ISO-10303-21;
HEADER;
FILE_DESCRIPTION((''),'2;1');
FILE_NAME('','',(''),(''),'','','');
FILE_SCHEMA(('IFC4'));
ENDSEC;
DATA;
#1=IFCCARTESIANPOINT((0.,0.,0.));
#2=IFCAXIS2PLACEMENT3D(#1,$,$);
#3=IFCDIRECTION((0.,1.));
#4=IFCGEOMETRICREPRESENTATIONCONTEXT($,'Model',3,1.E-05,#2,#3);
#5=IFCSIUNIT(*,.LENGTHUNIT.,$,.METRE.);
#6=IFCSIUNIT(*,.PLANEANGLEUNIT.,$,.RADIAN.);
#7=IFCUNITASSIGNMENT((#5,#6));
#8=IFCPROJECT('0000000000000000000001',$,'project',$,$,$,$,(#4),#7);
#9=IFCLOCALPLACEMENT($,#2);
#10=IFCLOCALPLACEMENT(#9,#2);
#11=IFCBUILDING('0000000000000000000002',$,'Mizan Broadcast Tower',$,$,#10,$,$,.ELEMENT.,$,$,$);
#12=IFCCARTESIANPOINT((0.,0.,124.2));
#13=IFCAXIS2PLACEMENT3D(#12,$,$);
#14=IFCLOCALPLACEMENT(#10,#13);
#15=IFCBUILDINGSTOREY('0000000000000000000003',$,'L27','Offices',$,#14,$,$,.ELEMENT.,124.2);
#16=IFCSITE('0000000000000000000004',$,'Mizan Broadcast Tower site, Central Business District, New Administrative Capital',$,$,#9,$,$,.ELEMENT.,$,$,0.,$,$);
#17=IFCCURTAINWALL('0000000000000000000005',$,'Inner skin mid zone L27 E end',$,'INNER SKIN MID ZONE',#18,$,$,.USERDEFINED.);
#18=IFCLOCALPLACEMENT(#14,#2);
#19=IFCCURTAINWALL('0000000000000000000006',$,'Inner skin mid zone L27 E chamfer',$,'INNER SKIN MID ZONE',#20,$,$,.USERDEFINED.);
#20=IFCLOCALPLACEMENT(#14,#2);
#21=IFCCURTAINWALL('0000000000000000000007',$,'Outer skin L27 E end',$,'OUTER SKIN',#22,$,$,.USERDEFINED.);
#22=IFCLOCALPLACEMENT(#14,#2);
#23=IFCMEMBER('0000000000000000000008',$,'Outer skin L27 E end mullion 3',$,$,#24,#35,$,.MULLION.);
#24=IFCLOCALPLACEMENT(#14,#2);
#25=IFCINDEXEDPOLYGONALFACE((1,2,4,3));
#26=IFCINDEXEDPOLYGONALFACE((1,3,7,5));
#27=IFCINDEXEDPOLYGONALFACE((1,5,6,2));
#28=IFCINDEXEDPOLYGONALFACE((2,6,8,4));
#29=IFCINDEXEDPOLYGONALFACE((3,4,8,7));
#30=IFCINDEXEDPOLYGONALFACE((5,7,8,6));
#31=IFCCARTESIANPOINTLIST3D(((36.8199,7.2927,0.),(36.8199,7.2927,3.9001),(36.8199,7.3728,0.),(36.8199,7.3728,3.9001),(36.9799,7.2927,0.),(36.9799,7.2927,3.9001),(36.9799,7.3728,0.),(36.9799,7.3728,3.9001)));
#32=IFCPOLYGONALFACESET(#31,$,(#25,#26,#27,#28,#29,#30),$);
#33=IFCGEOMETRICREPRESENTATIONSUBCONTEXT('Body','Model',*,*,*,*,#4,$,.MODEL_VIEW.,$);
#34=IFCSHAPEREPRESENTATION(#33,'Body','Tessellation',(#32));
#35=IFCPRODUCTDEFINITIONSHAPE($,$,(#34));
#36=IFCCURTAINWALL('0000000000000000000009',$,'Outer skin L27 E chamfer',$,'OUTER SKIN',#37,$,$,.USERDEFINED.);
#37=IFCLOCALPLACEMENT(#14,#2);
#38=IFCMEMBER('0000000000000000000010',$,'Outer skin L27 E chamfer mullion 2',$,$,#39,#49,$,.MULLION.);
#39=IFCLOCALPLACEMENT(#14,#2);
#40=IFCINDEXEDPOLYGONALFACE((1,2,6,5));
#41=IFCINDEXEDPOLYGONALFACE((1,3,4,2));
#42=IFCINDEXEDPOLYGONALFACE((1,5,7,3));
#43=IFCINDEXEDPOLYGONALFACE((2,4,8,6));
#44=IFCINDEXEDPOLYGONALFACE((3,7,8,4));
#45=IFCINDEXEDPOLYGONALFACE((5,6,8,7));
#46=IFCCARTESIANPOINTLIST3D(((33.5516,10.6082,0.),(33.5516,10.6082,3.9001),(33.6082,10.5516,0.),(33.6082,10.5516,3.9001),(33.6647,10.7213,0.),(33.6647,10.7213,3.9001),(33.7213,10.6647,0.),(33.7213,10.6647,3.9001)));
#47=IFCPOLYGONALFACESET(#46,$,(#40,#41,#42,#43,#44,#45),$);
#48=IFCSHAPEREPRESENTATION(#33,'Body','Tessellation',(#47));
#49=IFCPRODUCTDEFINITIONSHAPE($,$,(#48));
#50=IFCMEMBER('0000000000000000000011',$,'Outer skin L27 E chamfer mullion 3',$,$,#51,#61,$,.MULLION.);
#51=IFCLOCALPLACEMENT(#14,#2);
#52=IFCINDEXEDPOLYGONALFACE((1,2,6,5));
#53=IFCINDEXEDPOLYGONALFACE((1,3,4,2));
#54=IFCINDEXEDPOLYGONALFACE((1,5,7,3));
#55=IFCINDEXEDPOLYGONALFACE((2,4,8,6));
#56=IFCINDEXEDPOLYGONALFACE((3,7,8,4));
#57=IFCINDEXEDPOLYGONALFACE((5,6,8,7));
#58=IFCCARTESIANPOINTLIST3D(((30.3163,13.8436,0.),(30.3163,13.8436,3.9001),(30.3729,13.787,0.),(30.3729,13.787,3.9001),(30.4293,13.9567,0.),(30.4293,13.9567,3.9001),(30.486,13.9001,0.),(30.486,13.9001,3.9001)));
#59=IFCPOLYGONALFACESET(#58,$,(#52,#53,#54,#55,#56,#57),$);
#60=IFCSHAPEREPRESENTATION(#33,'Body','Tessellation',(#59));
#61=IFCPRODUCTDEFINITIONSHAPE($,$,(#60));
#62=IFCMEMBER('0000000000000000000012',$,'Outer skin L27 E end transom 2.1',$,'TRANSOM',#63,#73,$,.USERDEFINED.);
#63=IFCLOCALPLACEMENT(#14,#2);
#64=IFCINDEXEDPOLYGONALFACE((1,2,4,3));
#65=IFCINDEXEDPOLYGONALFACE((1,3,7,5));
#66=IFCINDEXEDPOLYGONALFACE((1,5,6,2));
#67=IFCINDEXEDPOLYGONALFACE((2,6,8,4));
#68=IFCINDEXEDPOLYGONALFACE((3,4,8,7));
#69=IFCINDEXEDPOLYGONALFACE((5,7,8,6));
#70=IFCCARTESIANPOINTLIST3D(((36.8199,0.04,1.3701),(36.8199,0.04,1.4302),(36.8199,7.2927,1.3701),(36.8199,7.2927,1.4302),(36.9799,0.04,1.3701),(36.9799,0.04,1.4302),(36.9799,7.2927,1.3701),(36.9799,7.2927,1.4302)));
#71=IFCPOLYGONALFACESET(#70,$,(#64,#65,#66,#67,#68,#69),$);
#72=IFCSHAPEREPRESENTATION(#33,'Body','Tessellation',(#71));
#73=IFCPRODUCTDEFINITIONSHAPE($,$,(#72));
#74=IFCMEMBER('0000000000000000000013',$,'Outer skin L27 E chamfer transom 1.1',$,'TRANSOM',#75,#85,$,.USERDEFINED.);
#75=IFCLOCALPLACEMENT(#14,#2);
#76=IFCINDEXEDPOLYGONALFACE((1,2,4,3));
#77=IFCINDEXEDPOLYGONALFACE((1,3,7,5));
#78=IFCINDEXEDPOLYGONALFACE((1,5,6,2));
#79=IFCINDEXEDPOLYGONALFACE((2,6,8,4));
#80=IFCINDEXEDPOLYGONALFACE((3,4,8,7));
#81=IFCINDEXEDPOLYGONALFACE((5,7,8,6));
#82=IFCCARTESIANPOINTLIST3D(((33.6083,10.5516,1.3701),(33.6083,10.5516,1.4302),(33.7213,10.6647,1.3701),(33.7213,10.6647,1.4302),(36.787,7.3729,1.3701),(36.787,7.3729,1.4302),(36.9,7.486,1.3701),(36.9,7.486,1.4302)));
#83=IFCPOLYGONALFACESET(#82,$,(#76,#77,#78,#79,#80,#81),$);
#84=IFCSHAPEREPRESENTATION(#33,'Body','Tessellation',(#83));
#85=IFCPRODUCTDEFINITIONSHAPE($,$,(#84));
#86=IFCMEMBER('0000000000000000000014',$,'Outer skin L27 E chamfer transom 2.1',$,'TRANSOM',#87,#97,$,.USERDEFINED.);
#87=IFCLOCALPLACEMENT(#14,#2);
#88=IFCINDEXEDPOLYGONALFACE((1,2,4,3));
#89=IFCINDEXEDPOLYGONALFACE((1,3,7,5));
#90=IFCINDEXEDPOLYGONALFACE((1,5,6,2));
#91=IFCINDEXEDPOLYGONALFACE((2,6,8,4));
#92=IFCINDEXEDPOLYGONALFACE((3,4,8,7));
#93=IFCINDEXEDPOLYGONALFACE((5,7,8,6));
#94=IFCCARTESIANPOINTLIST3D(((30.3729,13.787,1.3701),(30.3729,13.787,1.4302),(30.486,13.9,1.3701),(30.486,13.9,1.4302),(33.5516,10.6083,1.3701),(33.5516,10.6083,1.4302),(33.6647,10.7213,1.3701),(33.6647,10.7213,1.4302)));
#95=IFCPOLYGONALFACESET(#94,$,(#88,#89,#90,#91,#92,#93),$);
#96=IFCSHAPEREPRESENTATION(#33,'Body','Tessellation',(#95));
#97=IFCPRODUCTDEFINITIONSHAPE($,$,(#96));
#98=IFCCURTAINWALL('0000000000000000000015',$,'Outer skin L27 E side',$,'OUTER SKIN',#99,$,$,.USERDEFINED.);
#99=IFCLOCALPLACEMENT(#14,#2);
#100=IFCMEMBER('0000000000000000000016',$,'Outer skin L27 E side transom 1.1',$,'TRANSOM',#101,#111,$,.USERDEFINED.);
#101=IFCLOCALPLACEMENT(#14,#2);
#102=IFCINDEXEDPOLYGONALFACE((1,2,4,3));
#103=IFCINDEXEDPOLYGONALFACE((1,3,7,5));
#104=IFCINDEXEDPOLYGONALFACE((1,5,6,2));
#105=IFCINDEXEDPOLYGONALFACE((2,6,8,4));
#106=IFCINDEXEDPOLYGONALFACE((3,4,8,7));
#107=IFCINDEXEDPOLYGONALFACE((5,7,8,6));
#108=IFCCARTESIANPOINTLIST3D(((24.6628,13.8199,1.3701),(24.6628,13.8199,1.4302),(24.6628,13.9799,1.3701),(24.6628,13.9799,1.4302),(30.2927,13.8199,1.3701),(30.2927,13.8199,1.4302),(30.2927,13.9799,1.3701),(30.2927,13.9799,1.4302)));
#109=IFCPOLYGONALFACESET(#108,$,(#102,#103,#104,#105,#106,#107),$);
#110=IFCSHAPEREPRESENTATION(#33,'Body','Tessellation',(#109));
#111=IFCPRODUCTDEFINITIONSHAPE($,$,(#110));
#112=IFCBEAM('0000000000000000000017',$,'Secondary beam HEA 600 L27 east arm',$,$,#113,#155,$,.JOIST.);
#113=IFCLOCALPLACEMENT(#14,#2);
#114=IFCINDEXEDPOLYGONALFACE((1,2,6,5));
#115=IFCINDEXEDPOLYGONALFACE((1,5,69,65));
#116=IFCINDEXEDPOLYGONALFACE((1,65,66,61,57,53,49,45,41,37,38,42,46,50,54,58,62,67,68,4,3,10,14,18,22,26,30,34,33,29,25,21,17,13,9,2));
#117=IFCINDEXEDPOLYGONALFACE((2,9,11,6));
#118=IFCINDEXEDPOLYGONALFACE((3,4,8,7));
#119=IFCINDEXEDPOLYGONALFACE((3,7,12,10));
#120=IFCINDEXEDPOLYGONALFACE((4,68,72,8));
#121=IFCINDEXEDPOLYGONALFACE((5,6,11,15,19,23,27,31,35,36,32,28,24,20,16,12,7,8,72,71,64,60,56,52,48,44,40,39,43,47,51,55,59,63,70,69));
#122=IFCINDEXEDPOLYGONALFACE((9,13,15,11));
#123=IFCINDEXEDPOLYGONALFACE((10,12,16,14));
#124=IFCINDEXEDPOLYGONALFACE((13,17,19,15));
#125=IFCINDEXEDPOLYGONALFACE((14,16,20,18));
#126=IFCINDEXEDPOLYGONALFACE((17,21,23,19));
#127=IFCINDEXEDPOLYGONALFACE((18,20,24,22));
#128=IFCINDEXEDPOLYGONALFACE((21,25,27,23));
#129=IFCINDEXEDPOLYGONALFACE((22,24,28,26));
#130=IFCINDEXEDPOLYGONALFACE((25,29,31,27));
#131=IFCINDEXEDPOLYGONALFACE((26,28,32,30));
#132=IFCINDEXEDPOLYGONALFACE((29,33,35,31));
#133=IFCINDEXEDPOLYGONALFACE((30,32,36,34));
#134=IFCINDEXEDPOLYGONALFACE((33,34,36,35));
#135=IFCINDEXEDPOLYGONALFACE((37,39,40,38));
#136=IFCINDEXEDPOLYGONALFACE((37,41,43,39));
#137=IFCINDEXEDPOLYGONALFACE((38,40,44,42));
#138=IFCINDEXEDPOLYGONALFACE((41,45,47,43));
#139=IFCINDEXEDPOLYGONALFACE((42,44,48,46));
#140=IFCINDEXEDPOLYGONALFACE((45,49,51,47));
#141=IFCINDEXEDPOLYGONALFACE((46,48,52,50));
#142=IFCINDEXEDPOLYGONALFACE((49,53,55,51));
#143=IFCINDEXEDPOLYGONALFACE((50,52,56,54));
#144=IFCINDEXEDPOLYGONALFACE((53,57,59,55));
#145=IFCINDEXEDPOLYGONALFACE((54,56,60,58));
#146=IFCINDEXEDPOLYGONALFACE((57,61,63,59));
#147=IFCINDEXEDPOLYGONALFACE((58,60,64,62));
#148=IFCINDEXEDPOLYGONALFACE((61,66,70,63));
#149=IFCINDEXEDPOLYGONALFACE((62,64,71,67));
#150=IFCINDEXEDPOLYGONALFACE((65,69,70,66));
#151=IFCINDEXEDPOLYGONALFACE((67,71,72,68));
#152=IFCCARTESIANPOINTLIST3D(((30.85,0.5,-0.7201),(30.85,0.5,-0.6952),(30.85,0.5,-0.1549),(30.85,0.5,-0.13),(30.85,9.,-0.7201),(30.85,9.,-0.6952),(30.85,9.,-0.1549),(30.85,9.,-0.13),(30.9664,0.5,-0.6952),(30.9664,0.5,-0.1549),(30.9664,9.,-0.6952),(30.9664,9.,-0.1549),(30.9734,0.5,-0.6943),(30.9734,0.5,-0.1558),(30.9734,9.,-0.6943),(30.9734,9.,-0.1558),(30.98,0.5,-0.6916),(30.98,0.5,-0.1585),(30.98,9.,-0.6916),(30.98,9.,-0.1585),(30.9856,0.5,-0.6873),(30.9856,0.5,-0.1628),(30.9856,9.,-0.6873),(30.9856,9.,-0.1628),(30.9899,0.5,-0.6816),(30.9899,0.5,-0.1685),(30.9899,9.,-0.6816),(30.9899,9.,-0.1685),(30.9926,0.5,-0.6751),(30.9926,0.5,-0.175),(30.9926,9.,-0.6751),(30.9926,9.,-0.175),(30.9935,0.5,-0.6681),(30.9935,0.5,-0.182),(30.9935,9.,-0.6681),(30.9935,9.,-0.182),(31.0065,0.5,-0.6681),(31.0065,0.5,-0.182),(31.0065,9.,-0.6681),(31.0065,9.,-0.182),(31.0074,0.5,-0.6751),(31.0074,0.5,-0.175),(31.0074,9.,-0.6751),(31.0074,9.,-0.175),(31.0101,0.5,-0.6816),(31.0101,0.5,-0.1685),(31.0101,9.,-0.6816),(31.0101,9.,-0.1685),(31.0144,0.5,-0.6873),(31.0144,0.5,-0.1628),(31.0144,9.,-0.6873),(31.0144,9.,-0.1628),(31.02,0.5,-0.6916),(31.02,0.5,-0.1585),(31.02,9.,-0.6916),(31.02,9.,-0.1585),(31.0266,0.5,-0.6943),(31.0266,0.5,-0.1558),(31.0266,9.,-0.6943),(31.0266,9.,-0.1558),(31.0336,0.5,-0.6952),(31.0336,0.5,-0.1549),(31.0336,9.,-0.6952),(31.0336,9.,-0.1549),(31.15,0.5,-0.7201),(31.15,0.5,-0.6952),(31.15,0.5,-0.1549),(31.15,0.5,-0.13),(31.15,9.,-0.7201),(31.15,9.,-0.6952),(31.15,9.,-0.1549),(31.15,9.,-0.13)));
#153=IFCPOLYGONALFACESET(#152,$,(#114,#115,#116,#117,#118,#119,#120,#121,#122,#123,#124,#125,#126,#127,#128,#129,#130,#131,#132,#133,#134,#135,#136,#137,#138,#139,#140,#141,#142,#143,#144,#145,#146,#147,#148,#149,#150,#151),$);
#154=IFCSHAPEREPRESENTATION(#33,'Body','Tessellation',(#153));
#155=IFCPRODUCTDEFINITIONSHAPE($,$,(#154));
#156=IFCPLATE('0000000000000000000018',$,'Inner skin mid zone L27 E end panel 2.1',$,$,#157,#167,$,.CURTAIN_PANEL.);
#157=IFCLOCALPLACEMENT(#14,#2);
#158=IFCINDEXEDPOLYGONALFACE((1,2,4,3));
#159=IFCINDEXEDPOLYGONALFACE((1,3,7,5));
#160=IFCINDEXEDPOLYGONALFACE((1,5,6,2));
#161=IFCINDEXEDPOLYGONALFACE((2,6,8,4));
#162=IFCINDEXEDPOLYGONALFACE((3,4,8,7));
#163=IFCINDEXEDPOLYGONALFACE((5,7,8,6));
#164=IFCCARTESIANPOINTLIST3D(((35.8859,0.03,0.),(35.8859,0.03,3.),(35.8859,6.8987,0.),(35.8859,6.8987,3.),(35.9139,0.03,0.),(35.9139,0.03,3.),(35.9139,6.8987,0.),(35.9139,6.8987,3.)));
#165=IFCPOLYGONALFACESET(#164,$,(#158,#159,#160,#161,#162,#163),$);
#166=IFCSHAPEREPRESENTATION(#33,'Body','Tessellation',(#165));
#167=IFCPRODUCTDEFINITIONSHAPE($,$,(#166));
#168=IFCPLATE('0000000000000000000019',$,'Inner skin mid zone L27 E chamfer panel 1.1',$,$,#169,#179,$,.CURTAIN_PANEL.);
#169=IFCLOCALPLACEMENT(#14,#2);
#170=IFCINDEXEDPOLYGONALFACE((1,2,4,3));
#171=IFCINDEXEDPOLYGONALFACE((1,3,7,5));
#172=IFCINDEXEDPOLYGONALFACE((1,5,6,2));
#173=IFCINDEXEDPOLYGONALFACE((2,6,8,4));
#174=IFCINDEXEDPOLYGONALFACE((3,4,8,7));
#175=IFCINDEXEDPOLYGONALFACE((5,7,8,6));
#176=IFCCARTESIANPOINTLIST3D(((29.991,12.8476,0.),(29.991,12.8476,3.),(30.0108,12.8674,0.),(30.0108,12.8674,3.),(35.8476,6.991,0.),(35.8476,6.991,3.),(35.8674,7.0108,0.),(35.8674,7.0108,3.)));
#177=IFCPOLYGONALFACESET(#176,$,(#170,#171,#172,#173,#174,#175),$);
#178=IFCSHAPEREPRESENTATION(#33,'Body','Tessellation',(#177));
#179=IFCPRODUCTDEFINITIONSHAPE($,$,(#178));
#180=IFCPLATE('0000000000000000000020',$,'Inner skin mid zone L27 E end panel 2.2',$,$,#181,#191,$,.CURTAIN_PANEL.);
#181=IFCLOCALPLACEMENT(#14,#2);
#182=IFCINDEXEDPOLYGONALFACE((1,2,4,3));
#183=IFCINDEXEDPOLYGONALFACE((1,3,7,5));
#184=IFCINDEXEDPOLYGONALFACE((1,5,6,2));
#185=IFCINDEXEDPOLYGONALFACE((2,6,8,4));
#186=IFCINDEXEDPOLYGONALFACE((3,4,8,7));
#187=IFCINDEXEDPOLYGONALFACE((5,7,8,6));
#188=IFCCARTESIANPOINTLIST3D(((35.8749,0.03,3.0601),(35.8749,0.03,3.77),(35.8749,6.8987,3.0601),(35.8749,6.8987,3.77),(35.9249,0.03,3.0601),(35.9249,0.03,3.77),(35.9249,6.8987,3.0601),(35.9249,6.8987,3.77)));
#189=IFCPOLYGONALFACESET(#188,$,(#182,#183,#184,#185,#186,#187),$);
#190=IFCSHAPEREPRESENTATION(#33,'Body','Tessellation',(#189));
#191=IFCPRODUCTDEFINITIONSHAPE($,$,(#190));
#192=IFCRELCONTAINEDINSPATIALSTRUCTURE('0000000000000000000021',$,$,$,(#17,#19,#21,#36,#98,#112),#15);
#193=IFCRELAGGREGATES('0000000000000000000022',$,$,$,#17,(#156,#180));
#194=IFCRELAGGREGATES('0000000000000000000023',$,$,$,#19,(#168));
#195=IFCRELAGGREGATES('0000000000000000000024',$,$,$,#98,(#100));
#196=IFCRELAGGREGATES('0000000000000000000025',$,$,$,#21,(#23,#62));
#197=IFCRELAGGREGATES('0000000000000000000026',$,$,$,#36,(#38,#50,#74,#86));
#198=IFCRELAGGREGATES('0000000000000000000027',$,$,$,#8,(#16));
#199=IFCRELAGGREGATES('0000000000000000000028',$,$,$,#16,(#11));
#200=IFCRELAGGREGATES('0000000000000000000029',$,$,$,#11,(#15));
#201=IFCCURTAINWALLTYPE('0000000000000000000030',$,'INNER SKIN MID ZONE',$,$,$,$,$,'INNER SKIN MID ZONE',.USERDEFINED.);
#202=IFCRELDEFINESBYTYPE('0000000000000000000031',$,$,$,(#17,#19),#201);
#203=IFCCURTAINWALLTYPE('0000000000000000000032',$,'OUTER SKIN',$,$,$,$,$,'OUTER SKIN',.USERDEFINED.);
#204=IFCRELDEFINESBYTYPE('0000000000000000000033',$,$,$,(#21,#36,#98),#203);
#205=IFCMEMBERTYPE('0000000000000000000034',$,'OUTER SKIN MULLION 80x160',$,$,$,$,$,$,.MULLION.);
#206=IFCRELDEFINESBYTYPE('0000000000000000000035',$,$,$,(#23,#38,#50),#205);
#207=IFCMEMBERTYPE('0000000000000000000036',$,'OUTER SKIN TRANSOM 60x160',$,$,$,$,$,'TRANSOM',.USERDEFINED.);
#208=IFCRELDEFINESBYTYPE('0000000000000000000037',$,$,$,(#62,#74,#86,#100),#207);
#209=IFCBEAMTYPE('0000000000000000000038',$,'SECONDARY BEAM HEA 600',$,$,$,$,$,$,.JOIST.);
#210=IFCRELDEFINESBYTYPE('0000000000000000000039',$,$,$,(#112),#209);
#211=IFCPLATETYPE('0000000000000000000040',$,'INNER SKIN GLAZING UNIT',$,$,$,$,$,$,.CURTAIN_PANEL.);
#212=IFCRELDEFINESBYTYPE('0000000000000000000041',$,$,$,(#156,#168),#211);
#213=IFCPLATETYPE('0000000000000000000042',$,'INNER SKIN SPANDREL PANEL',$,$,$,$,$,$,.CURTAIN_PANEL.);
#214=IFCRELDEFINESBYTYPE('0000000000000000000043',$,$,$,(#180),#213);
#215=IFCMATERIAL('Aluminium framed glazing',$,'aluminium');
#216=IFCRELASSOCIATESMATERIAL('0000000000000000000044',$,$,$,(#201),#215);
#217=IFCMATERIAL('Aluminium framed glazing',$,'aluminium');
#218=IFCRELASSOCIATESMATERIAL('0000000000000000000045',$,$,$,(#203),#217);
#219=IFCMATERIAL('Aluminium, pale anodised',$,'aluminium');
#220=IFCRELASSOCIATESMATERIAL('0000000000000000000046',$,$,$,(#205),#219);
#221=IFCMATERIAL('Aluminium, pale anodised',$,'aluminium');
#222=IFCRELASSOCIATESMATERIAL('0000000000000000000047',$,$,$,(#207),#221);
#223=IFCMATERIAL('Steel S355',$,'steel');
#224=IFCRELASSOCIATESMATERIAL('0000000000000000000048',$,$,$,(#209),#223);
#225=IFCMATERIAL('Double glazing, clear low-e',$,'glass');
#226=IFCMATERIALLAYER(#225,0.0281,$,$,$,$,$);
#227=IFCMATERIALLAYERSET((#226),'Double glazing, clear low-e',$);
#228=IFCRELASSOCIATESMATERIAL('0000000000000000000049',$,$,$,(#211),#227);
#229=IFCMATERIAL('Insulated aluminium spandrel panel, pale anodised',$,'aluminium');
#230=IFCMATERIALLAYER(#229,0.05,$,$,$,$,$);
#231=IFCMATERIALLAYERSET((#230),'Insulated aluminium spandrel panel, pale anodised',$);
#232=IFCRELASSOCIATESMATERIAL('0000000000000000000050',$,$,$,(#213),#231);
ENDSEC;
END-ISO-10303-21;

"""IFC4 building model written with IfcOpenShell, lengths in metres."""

from ifc_helpers import new_model, si_unit, direction, frame, origin, origin_2d, place, context, subcontext, project, spatial, rectangle, i_section, extrude, material, layer, layer_set, material_profile, profile_set, type_object, element, aggregate, save


model = new_model("IFC4")

# Units and contexts
model_context = context("Model", 3, precision=1e-05, world=origin(), true_north=direction((0.0, 1.0)))
body_context = subcontext(model_context, "Body", "Model", "MODEL_VIEW")
ifc_project = project(units=[si_unit("LENGTHUNIT", "METRE"), si_unit("PLANEANGLEUNIT", "RADIAN")], contexts=[model_context])

# Site, building, storey
site_placement = place(None, origin())
site = spatial("IfcSite", under=ifc_project, at=site_placement, Name="Mizan Broadcast Tower site, Central Business District, New Administrative Capital", CompositionType="ELEMENT", RefElevation=0.0)
building_placement = place(site_placement, origin())
building = spatial("IfcBuilding", under=site, at=building_placement, Name="Mizan Broadcast Tower", CompositionType="ELEMENT")
storey_placement = place(building_placement, frame((0.0, 0.0, 124.2)))
storey = spatial("IfcBuildingStorey", under=building, at=storey_placement, Name="L27", Description="Offices", CompositionType="ELEMENT", Elevation=124.2)

# Curtain wall
ifc_material_1 = material(Name="Aluminium framed glazing", Category="aluminium")
curtain_wall_type_1 = type_object("IfcCurtainWallType", Name="INNER SKIN MID ZONE", ElementType="INNER SKIN MID ZONE", PredefinedType="USERDEFINED", material=ifc_material_1)
curtain_wall_1_placement = place(storey_placement, origin())
curtain_wall_1 = element("IfcCurtainWall", 1, at=curtain_wall_1_placement, inside=storey, type_object=curtain_wall_type_1, Name="Inner skin mid zone L27 E end", ObjectType="INNER SKIN MID ZONE", PredefinedType="USERDEFINED")

# Curtain wall
curtain_wall_2_placement = place(storey_placement, origin())
curtain_wall_2 = element("IfcCurtainWall", 2, at=curtain_wall_2_placement, inside=storey, type_object=curtain_wall_type_1, Name="Inner skin mid zone L27 E chamfer", ObjectType="INNER SKIN MID ZONE", PredefinedType="USERDEFINED")

# Curtain walls, members
ifc_material_2 = material(Name="Aluminium framed glazing", Category="aluminium")
curtain_wall_type_2 = type_object("IfcCurtainWallType", Name="OUTER SKIN", ElementType="OUTER SKIN", PredefinedType="USERDEFINED", material=ifc_material_2)
curtain_wall_3_placement = place(storey_placement, origin())
curtain_wall_3 = element("IfcCurtainWall", 3, at=curtain_wall_3_placement, inside=storey, type_object=curtain_wall_type_2, Name="Outer skin L27 E end", ObjectType="OUTER SKIN", PredefinedType="USERDEFINED")
ifc_material_3 = material(Name="Aluminium, pale anodised", Category="aluminium")
ifc_material_profile_1 = material_profile(ifc_material_3, rectangle(XDim=0.1599, YDim=0.0801, at=origin_2d()), Name="MULLION 160x80")
ifc_profile_set_1 = profile_set([ifc_material_profile_1], Name="Aluminium, pale anodised")
member_type_1 = type_object("IfcMemberType", Name="OUTER SKIN MULLION 80x160", PredefinedType="MULLION", material=ifc_profile_set_1)
member_1_placement = place(storey_placement, frame((36.8999, 7.3328, 0.0), z_axis=(0.0, 0.0, 1.0), x_axis=(-1.0, 0.0, 0.0)))
member_1 = element("IfcMember", 4, at=member_1_placement, type_object=member_type_1, Name="Outer skin L27 E end mullion 3", PredefinedType="MULLION", context=body_context, shape_type="SweptSolid", body=[
    extrude(rectangle(XDim=0.1599, YDim=0.0801, at=origin_2d()), origin(), (0.0, 0.0, 1.0), 3.9001),
])
curtain_wall_4_placement = place(storey_placement, origin())
curtain_wall_4 = element("IfcCurtainWall", 5, at=curtain_wall_4_placement, inside=storey, type_object=curtain_wall_type_2, Name="Outer skin L27 E chamfer", ObjectType="OUTER SKIN", PredefinedType="USERDEFINED")
member_2_placement = place(storey_placement, frame((33.6365, 10.6365, 0.0), z_axis=(0.0, 0.0, 1.0), x_axis=(-0.707107, -0.707107, 0.0)))
member_2 = element("IfcMember", 6, at=member_2_placement, type_object=member_type_1, Name="Outer skin L27 E chamfer mullion 2", PredefinedType="MULLION", context=body_context, shape_type="SweptSolid", body=[
    extrude(rectangle(XDim=0.1599, YDim=0.0801, at=origin_2d()), origin(), (0.0, 0.0, 1.0), 3.9001),
])
member_3_placement = place(storey_placement, frame((30.4011, 13.8718, 0.0), z_axis=(0.0, 0.0, 1.0), x_axis=(-0.707107, -0.707107, 0.0)))
member_3 = element("IfcMember", 7, at=member_3_placement, type_object=member_type_1, Name="Outer skin L27 E chamfer mullion 3", PredefinedType="MULLION", context=body_context, shape_type="SweptSolid", body=[
    extrude(rectangle(XDim=0.1599, YDim=0.0801, at=origin_2d()), origin(), (0.0, 0.0, 1.0), 3.9001),
])

# Members
ifc_material_4 = material(Name="Aluminium, pale anodised", Category="aluminium")
ifc_material_profile_2 = material_profile(ifc_material_4, rectangle(XDim=0.1599, YDim=0.0601, at=origin_2d()), Name="TRANSOM 160x60")
ifc_profile_set_2 = profile_set([ifc_material_profile_2], Name="Aluminium, pale anodised")
member_type_2 = type_object("IfcMemberType", Name="OUTER SKIN TRANSOM 60x160", ElementType="TRANSOM", PredefinedType="USERDEFINED", material=ifc_profile_set_2)
member_4_placement = place(storey_placement, frame((36.8999, 0.04, 1.4001), z_axis=(0.0, 1.0, 0.0), x_axis=(-1.0, 0.0, 0.0)))
member_4 = element("IfcMember", 8, at=member_4_placement, type_object=member_type_2, Name="Outer skin L27 E end transom 2.1", ObjectType="TRANSOM", PredefinedType="USERDEFINED", context=body_context, shape_type="SweptSolid", body=[
    extrude(rectangle(XDim=0.1599, YDim=0.0601, at=origin_2d()), origin(), (0.0, 0.0, 1.0), 7.2527),
])
member_5_placement = place(storey_placement, frame((36.8435, 7.4294, 1.4001), z_axis=(-0.707107, 0.707107, 0.0), x_axis=(-0.707107, -0.707107, 0.0)))
member_5 = element("IfcMember", 9, at=member_5_placement, type_object=member_type_2, Name="Outer skin L27 E chamfer transom 1.1", ObjectType="TRANSOM", PredefinedType="USERDEFINED", context=body_context, shape_type="SweptSolid", body=[
    extrude(rectangle(XDim=0.1599, YDim=0.0601, at=origin_2d()), origin(), (0.0, 0.0, 1.0), 4.4954),
])
member_6_placement = place(storey_placement, frame((33.6082, 10.6648, 1.4001), z_axis=(-0.707107, 0.707107, 0.0), x_axis=(-0.707107, -0.707107, 0.0)))
member_6 = element("IfcMember", 10, at=member_6_placement, type_object=member_type_2, Name="Outer skin L27 E chamfer transom 2.1", ObjectType="TRANSOM", PredefinedType="USERDEFINED", context=body_context, shape_type="SweptSolid", body=[
    extrude(rectangle(XDim=0.1599, YDim=0.0601, at=origin_2d()), origin(), (0.0, 0.0, 1.0), 4.4954),
])

# Curtain wall, member
curtain_wall_5_placement = place(storey_placement, origin())
curtain_wall_5 = element("IfcCurtainWall", 11, at=curtain_wall_5_placement, inside=storey, type_object=curtain_wall_type_2, Name="Outer skin L27 E side", ObjectType="OUTER SKIN", PredefinedType="USERDEFINED")
member_7_placement = place(storey_placement, frame((30.2927, 13.8999, 1.4001), z_axis=(-1.0, 0.0, 0.0), x_axis=(0.0, -1.0, 0.0)))
member_7 = element("IfcMember", 12, at=member_7_placement, type_object=member_type_2, Name="Outer skin L27 E side transom 1.1", ObjectType="TRANSOM", PredefinedType="USERDEFINED", context=body_context, shape_type="SweptSolid", body=[
    extrude(rectangle(XDim=0.1599, YDim=0.0601, at=origin_2d()), origin(), (0.0, 0.0, 1.0), 5.6299),
])

# Beam
ifc_material_5 = material(Name="Steel S355", Category="steel")
ifc_material_profile_3 = material_profile(ifc_material_5, i_section(OverallWidth=0.3, OverallDepth=0.5901, WebThickness=0.0129, FlangeThickness=0.0249, FilletRadius=0.0271, at=origin_2d()), Name="HEA 600")
ifc_profile_set_3 = profile_set([ifc_material_profile_3], Name="Steel S355")
beam_type_1 = type_object("IfcBeamType", Name="SECONDARY BEAM HEA 600", PredefinedType="JOIST", material=ifc_profile_set_3)
beam_1_placement = place(storey_placement, frame((31.0, 9.0, -0.425), z_axis=(0.0, -1.0, 0.0), x_axis=(1.0, 0.0, 0.0)))
element("IfcBeam", 13, at=beam_1_placement, inside=storey, type_object=beam_type_1, Name="Secondary beam HEA 600 L27 east arm", PredefinedType="JOIST", context=body_context, shape_type="SweptSolid", body=[
    extrude(i_section(OverallWidth=0.3, OverallDepth=0.5901, WebThickness=0.0129, FlangeThickness=0.0249, FilletRadius=0.0271, at=origin_2d()), origin(), (0.0, 0.0, 1.0), 8.5),
])

# Plates
ifc_material_6 = material(Name="Double glazing, clear low-e", Category="glass")
ifc_layer_1 = layer(ifc_material_6, 0.0281)
ifc_layer_set_1 = layer_set([ifc_layer_1], Name="Double glazing, clear low-e")
plate_type_1 = type_object("IfcPlateType", Name="INNER SKIN GLAZING UNIT", PredefinedType="CURTAIN_PANEL", material=ifc_layer_set_1)
plate_1_placement = place(storey_placement, frame((35.8999, 3.4644, 0.0), z_axis=(0.0, 0.0, 1.0), x_axis=(0.0, 1.0, 0.0)))
plate_1 = element("IfcPlate", 14, at=plate_1_placement, type_object=plate_type_1, Name="Inner skin mid zone L27 E end panel 2.1", PredefinedType="CURTAIN_PANEL", context=body_context, shape_type="SweptSolid", body=[
    extrude(rectangle(XDim=6.8687, YDim=0.0281, at=origin_2d()), origin(), (0.0, 0.0, 1.0), 3.0),
])
plate_2_placement = place(storey_placement, frame((32.9292, 9.9292, 0.0), z_axis=(0.0, 0.0, 1.0), x_axis=(-0.707107, 0.707107, 0.0)))
plate_2 = element("IfcPlate", 15, at=plate_2_placement, type_object=plate_type_1, Name="Inner skin mid zone L27 E chamfer panel 1.1", PredefinedType="CURTAIN_PANEL", context=body_context, shape_type="SweptSolid", body=[
    extrude(rectangle(XDim=8.2825, YDim=0.0281, at=origin_2d()), origin(), (0.0, 0.0, 1.0), 3.0),
])
ifc_material_7 = material(Name="Insulated aluminium spandrel panel, pale anodised", Category="aluminium")
ifc_layer_2 = layer(ifc_material_7, 0.05)
ifc_layer_set_2 = layer_set([ifc_layer_2], Name="Insulated aluminium spandrel panel, pale anodised")
plate_type_2 = type_object("IfcPlateType", Name="INNER SKIN SPANDREL PANEL", PredefinedType="CURTAIN_PANEL", material=ifc_layer_set_2)
plate_3_placement = place(storey_placement, frame((35.8999, 3.4644, 3.0601), z_axis=(0.0, 0.0, 1.0), x_axis=(0.0, 1.0, 0.0)))
plate_3 = element("IfcPlate", 16, at=plate_3_placement, type_object=plate_type_2, Name="Inner skin mid zone L27 E end panel 2.2", PredefinedType="CURTAIN_PANEL", context=body_context, shape_type="SweptSolid", body=[
    extrude(rectangle(XDim=6.8687, YDim=0.05, at=origin_2d()), origin(), (0.0, 0.0, 1.0), 0.71),
])
aggregate(curtain_wall_1, [plate_1, plate_3])
aggregate(curtain_wall_2, [plate_2])
aggregate(curtain_wall_5, [member_7])
aggregate(curtain_wall_3, [member_1, member_4])
aggregate(curtain_wall_4, [member_2, member_3, member_5, member_6])

save(model, "model.ifc")
